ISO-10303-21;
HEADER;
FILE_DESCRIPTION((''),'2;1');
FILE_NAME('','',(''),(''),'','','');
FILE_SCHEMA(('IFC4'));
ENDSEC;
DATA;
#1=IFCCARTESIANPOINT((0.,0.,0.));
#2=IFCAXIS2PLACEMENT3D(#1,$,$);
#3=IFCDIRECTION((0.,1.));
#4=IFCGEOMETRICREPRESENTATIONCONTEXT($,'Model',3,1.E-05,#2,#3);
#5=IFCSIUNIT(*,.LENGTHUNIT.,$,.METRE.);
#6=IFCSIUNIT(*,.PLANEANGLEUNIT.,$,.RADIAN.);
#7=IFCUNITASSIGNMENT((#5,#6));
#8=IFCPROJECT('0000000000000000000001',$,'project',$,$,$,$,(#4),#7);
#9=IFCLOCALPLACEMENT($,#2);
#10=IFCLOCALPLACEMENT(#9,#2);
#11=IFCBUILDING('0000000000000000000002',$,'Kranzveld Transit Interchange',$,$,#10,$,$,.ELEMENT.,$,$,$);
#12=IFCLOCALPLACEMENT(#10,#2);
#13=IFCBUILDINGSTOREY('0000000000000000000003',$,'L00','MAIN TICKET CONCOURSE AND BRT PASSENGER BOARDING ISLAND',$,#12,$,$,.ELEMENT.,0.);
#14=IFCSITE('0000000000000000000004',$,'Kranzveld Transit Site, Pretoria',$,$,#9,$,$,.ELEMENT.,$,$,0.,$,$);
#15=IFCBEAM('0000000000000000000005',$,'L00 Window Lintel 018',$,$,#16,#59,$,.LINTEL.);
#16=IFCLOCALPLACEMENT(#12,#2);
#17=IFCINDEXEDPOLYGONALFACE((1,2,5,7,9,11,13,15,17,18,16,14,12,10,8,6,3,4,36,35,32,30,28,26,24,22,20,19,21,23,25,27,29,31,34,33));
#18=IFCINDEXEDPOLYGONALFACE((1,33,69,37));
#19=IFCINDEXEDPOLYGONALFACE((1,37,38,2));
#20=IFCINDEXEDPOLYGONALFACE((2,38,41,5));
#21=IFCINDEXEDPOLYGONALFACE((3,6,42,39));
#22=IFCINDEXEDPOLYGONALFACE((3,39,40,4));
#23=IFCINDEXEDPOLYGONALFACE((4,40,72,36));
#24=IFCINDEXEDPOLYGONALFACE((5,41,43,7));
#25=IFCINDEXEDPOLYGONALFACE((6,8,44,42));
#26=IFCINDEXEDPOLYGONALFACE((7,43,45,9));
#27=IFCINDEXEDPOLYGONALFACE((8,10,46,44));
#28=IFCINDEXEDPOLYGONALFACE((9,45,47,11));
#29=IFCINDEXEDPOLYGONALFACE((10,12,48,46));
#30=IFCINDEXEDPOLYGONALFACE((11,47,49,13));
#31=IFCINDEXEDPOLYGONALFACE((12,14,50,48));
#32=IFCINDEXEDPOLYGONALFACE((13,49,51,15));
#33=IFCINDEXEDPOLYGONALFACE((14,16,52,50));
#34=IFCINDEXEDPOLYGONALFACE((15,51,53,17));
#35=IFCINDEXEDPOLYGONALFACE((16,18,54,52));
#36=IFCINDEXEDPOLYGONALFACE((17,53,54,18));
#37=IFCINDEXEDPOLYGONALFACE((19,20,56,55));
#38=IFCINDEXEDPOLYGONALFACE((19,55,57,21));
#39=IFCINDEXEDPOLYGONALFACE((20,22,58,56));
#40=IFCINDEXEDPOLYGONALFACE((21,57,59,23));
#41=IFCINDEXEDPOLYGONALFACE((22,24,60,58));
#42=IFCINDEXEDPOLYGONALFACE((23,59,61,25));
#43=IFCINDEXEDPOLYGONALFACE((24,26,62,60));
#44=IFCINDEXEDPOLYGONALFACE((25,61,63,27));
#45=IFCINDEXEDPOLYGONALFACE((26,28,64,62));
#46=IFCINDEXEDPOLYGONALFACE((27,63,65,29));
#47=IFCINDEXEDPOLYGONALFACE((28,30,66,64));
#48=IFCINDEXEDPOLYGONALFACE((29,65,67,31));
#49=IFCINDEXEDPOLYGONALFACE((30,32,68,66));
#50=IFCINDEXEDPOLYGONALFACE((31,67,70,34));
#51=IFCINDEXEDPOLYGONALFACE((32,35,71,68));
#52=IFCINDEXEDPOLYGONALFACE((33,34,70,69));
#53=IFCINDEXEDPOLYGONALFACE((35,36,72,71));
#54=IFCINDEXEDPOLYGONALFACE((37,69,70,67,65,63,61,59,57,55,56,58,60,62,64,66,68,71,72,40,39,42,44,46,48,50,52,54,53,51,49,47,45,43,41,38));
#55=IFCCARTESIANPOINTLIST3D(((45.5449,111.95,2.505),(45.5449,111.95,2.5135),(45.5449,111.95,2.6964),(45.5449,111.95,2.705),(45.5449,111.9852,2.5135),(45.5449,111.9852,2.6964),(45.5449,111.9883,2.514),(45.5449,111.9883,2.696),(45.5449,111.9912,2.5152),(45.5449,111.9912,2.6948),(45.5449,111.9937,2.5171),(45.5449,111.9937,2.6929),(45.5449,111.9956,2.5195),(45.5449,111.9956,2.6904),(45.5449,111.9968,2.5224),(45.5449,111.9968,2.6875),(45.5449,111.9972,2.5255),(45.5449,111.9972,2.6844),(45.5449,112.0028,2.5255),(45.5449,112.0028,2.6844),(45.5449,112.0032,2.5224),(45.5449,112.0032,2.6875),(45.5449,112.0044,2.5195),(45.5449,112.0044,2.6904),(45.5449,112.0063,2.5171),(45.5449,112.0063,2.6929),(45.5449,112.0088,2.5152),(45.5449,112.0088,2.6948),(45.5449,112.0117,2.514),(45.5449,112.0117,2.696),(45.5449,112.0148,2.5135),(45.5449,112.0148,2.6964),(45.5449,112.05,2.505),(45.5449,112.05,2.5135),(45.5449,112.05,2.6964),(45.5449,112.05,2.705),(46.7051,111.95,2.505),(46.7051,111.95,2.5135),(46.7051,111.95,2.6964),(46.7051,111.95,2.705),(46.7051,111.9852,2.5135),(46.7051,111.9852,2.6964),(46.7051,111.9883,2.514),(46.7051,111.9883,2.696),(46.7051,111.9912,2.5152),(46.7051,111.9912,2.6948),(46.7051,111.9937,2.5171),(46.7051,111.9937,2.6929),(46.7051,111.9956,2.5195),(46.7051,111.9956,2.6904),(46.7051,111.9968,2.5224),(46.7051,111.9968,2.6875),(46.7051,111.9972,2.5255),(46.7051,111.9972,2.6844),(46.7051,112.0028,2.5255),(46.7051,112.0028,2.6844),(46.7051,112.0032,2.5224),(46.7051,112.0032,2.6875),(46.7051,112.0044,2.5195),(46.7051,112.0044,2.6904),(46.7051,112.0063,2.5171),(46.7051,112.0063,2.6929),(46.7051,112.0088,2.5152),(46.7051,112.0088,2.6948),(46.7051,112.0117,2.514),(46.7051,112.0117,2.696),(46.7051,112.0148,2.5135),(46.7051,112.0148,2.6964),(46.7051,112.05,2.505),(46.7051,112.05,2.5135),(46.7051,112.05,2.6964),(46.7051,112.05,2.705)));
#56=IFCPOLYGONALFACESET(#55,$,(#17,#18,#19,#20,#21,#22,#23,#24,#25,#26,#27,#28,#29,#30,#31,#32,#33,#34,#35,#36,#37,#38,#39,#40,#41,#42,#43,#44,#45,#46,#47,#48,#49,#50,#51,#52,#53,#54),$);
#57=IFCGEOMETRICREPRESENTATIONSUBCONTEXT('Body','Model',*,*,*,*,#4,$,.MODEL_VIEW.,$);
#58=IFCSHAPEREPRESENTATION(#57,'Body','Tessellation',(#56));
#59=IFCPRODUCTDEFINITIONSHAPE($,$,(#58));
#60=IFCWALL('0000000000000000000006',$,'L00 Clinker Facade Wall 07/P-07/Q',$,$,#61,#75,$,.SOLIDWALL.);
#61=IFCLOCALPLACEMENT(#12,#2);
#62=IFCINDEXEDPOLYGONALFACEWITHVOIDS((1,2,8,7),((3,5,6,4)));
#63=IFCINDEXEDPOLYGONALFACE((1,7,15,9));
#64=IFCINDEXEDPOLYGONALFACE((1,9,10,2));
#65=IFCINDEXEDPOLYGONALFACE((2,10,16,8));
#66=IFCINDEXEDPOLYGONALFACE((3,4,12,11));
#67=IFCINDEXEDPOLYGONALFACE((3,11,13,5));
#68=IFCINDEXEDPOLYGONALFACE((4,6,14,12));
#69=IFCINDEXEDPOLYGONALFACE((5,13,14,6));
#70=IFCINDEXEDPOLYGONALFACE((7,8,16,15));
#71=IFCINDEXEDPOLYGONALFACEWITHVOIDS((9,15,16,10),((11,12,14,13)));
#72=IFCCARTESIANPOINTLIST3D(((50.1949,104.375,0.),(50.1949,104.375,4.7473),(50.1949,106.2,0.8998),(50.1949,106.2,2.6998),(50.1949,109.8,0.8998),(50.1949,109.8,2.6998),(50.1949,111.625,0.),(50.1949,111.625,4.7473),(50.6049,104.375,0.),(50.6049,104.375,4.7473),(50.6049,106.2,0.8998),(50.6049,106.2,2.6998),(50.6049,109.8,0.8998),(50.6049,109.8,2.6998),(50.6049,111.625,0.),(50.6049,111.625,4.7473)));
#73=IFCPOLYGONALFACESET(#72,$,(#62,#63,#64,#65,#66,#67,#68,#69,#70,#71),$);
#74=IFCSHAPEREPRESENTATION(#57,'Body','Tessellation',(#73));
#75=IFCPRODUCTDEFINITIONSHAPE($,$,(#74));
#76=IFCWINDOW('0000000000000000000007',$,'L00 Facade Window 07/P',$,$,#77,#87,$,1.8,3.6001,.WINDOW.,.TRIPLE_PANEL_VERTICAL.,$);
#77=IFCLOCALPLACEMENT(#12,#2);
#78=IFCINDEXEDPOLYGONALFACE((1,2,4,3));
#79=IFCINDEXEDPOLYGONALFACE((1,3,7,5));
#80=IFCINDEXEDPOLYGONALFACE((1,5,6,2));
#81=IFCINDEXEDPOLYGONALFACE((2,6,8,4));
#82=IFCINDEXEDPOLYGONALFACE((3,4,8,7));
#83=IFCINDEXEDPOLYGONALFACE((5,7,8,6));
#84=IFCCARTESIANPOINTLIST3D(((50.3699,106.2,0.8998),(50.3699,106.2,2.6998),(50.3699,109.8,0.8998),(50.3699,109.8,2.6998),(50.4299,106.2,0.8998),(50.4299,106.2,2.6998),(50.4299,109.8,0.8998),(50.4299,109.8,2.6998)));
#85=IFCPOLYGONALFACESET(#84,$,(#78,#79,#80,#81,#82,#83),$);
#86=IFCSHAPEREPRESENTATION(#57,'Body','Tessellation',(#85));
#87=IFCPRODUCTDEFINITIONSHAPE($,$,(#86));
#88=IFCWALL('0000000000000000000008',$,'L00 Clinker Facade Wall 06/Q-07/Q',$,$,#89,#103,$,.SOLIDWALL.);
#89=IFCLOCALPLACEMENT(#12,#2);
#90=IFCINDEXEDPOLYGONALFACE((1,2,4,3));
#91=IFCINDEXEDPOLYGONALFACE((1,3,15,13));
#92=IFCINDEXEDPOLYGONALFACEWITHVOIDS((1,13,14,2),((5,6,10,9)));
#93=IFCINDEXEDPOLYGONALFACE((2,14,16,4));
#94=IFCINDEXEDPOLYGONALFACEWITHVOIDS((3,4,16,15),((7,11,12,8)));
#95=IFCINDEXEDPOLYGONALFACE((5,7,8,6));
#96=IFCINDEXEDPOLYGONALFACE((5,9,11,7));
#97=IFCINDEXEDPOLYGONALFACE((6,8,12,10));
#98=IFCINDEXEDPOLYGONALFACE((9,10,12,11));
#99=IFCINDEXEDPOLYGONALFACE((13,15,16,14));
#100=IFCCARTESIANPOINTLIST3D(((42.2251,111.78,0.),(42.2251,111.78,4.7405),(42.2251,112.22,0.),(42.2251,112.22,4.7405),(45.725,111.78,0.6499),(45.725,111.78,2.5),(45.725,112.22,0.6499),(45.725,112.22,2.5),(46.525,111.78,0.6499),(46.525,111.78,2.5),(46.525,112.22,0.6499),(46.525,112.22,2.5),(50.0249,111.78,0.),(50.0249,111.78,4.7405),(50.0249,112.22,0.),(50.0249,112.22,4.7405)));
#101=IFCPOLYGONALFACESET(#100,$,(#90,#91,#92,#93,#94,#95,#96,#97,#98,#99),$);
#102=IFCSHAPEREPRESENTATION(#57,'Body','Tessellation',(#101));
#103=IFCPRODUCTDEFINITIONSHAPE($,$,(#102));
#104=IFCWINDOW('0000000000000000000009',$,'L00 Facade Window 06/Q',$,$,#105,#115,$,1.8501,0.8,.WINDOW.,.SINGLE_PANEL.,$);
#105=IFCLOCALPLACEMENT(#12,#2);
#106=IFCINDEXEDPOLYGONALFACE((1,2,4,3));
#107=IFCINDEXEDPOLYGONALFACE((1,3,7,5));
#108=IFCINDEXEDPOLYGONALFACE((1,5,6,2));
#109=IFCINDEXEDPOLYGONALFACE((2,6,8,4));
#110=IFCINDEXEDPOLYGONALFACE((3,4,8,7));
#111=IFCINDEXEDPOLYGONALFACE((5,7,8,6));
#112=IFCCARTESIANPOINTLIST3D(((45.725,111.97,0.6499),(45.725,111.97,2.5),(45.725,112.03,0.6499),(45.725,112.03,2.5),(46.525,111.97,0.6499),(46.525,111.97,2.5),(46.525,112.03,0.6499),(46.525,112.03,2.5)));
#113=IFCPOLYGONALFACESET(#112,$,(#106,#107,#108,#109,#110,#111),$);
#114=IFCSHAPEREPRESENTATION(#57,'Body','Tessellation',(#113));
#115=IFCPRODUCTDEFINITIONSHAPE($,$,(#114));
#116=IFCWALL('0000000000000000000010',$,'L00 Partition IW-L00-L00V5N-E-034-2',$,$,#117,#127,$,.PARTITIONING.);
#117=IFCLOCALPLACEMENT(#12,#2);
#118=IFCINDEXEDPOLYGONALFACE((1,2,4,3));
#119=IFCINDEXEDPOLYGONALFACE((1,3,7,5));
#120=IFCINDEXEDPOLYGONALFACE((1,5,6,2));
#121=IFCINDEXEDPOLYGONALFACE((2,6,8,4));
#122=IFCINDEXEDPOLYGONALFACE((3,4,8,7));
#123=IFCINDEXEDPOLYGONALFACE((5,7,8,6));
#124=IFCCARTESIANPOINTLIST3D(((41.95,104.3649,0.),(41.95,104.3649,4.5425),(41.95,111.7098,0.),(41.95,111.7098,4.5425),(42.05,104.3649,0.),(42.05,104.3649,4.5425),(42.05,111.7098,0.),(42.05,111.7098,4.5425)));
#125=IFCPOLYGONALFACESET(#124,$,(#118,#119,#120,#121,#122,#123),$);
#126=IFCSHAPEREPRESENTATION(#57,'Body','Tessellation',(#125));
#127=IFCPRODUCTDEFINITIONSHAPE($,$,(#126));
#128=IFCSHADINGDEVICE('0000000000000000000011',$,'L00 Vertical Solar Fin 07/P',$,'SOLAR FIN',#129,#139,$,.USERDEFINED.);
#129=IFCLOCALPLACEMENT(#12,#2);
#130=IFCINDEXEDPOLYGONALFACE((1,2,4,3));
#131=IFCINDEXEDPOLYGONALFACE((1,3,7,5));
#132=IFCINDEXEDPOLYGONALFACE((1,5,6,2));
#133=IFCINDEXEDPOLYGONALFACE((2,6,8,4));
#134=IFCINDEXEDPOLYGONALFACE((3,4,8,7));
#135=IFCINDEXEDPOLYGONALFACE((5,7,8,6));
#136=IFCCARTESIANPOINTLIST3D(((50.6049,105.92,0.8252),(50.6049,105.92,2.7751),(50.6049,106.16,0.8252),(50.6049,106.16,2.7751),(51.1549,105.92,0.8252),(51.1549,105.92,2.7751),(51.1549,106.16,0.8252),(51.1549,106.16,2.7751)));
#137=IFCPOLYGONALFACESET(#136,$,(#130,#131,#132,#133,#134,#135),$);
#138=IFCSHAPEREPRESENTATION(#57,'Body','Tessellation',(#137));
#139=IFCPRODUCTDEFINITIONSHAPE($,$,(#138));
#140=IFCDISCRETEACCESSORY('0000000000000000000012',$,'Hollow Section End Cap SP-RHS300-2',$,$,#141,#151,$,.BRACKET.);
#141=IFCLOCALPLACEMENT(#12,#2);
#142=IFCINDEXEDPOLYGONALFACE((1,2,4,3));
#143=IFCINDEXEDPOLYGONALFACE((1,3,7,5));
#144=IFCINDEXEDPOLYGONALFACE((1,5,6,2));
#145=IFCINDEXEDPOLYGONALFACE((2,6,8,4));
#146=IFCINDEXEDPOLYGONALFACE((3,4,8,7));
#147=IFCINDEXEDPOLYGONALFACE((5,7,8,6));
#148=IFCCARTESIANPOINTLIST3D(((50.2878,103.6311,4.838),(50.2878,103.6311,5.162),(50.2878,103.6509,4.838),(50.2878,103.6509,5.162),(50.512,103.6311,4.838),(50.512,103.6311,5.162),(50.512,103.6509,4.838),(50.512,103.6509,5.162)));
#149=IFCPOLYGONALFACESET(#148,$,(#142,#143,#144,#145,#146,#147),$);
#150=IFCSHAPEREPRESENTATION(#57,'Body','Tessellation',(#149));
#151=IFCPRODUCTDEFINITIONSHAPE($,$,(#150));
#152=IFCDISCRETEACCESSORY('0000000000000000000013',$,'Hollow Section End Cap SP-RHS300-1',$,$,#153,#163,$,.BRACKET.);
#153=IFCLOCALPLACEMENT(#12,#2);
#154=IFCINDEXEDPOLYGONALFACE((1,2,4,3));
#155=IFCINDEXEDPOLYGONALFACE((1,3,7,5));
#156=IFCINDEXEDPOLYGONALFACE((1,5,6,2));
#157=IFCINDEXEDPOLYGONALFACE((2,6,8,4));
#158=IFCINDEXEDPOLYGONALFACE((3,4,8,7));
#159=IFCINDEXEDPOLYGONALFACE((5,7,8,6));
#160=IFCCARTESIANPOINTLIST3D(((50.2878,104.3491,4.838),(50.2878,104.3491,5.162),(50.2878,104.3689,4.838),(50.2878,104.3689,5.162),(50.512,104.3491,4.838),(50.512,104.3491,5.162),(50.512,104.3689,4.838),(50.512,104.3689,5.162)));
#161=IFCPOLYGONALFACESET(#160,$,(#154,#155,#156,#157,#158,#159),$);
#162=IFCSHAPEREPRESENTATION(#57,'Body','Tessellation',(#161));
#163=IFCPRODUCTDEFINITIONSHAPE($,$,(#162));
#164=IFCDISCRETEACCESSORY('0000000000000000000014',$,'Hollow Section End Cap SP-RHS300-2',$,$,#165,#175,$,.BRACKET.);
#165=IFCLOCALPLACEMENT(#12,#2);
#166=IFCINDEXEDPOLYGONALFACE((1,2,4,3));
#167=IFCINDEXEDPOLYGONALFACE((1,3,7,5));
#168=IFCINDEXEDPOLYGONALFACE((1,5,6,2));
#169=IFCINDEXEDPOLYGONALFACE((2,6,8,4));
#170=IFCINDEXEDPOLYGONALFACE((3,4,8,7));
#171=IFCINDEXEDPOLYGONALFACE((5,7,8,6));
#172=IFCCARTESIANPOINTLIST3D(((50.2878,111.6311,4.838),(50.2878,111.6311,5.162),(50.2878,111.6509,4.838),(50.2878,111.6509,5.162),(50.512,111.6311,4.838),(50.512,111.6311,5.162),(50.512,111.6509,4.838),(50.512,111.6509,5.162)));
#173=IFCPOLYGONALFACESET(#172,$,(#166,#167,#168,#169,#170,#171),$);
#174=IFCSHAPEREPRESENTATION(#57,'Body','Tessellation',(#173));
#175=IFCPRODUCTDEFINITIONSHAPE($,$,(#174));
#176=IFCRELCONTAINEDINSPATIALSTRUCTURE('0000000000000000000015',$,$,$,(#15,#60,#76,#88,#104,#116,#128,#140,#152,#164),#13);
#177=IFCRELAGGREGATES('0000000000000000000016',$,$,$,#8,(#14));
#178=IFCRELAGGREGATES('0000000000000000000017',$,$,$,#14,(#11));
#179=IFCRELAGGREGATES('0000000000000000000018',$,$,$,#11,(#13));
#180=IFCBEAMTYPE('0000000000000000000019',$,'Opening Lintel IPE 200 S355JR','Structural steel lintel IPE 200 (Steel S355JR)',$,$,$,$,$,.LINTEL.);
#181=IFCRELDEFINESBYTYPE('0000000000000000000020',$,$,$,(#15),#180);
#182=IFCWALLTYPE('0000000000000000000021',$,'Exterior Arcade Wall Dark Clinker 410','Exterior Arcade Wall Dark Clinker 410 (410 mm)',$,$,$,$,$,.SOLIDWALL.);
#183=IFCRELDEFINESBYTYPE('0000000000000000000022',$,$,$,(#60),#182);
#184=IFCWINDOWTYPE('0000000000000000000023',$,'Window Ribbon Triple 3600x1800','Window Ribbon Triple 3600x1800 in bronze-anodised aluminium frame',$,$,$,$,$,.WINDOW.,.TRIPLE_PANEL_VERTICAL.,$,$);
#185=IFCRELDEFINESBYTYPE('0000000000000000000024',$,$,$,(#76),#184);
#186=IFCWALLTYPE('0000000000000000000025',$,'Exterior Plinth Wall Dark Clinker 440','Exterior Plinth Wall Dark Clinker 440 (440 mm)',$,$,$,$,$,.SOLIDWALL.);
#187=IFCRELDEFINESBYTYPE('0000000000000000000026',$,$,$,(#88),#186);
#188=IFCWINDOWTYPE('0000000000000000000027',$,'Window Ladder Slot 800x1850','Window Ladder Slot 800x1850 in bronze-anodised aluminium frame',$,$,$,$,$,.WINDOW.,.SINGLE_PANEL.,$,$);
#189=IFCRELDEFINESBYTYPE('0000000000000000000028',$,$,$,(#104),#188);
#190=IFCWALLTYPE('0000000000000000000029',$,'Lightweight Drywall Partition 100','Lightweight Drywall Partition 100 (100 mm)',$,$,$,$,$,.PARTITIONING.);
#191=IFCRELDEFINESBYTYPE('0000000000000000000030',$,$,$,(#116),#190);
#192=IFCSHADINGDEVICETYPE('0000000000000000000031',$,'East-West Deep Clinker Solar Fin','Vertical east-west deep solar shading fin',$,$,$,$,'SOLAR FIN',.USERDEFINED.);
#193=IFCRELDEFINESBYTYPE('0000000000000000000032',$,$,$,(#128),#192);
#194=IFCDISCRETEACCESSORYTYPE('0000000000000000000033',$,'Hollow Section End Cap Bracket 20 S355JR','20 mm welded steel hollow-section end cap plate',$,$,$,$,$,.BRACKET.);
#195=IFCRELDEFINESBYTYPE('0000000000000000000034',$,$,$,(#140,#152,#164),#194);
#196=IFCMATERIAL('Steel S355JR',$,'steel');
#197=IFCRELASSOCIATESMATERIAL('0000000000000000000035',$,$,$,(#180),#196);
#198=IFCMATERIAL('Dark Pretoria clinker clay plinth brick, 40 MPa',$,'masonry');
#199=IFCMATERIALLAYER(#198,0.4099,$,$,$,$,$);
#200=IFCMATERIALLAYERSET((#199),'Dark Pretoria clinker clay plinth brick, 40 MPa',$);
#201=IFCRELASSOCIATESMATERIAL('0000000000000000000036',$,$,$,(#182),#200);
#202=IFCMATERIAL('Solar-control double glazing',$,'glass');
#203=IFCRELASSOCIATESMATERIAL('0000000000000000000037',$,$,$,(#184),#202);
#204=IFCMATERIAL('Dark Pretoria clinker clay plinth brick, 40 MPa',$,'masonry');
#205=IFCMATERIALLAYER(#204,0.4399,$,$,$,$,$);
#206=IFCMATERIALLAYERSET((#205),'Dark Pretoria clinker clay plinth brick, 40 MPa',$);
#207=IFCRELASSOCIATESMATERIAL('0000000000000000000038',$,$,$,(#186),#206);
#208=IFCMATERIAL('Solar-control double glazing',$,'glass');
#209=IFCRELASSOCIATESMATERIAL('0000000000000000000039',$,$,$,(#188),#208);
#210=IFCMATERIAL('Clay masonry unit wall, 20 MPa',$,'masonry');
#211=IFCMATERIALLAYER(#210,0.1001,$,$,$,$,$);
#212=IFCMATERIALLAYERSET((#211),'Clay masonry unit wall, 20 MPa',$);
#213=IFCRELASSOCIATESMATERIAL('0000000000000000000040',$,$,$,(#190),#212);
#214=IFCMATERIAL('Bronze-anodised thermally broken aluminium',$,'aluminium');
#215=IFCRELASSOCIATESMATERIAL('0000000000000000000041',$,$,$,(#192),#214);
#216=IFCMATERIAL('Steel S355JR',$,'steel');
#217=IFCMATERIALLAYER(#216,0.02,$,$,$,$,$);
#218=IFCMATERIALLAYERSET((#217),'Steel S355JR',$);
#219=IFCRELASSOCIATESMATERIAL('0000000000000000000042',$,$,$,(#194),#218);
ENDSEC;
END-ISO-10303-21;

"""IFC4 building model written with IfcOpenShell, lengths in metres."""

from ifc_helpers import new_model, si_unit, direction, frame, frame_2d, origin, origin_2d, place, context, subcontext, project, spatial, rectangle, i_section, extrude, material, layer, layer_set, material_profile, profile_set, type_object, element, fill, save


model = new_model("IFC4")

# Units and contexts
model_context = context("Model", 3, precision=1e-05, world=origin(), true_north=direction((0.0, 1.0)))
body_context = subcontext(model_context, "Body", "Model", "MODEL_VIEW")
ifc_project = project(units=[si_unit("LENGTHUNIT", "METRE"), si_unit("PLANEANGLEUNIT", "RADIAN")], contexts=[model_context])

# Site, building, storey
site_placement = place(None, origin())
site = spatial("IfcSite", under=ifc_project, at=site_placement, Name="Kranzveld Transit Site, Pretoria", CompositionType="ELEMENT", RefElevation=0.0)
building_placement = place(site_placement, origin())
building = spatial("IfcBuilding", under=site, at=building_placement, Name="Kranzveld Transit Interchange", CompositionType="ELEMENT")
storey_placement = place(building_placement, origin())
storey = spatial("IfcBuildingStorey", under=building, at=storey_placement, Name="L00", Description="MAIN TICKET CONCOURSE AND BRT PASSENGER BOARDING ISLAND", CompositionType="ELEMENT", Elevation=0.0)

# Beam
ifc_material_1 = material(Name="Steel S355JR", Category="steel")
ifc_material_profile_1 = material_profile(ifc_material_1, i_section(OverallWidth=0.1001, OverallDepth=0.2, WebThickness=0.0056, FlangeThickness=0.0085, FilletRadius=0.012, at=origin_2d()), Name="IPE 200")
ifc_profile_set_1 = profile_set([ifc_material_profile_1], Name="Steel S355JR")
beam_type_1 = type_object("IfcBeamType", Name="Opening Lintel IPE 200 S355JR", Description="Structural steel lintel IPE 200 (Steel S355JR)", PredefinedType="LINTEL", material=ifc_profile_set_1)
beam_1_placement = place(storey_placement, frame((45.5449, 112.0, 2.605), z_axis=(1.0, 0.0, 0.0), x_axis=(0.0, 1.0, 0.0)))
element("IfcBeam", 1, at=beam_1_placement, inside=storey, type_object=beam_type_1, Name="L00 Window Lintel 018", PredefinedType="LINTEL", context=body_context, shape_type="SweptSolid", body=[
    extrude(i_section(OverallWidth=0.1001, OverallDepth=0.2, WebThickness=0.0056, FlangeThickness=0.0085, FilletRadius=0.012, at=origin_2d()), origin(), (0.0, 0.0, 1.0), 1.1602),
])

# Walls, openings, windows
ifc_material_2 = material(Name="Dark Pretoria clinker clay plinth brick, 40 MPa", Category="masonry")
ifc_layer_1 = layer(ifc_material_2, 0.4099)
ifc_layer_set_1 = layer_set([ifc_layer_1], Name="Dark Pretoria clinker clay plinth brick, 40 MPa")
wall_type_1 = type_object("IfcWallType", Name="Exterior Arcade Wall Dark Clinker 410", Description="Exterior Arcade Wall Dark Clinker 410 (410 mm)", PredefinedType="SOLIDWALL", material=ifc_layer_set_1)
wall_1_placement = place(storey_placement, frame((50.3999, 104.375, 0.0), z_axis=(0.0, 0.0, 1.0), x_axis=(0.0, 1.0, 0.0)))
wall_1 = element("IfcWall", 2, at=wall_1_placement, inside=storey, type_object=wall_type_1, Name="L00 Clinker Facade Wall 07/P-07/Q", PredefinedType="SOLIDWALL", context=body_context, shape_type="SweptSolid", body=[
    extrude(rectangle(XDim=7.25, YDim=0.4099, at=frame_2d((3.625, 0.0))), origin(), (0.0, 0.0, 1.0), 4.7473),
])
opening_1_placement = place(wall_1_placement, frame((1.825, 0.0, 0.8999), z_axis=(0.0, 0.0, 1.0), x_axis=(1.0, 0.0, 0.0)))
opening_1 = element("IfcOpeningElement", 3, at=opening_1_placement, cuts=wall_1, PredefinedType="OPENING", context=body_context, shape_type="SweptSolid", body=[
    extrude(rectangle(XDim=3.6001, YDim=1.8, at=frame_2d((1.8, 0.8999))), frame((0.0, 0.2148, 0.0), z_axis=(0.0, -1.0, 0.0), x_axis=(1.0, 0.0, 0.0)), (0.0, 0.0, 1.0), 0.4299),
])
ifc_material_3 = material(Name="Solar-control double glazing", Category="glass")
window_type_1 = type_object("IfcWindowType", Name="Window Ribbon Triple 3600x1800", Description="Window Ribbon Triple 3600x1800 in bronze-anodised aluminium frame", PartitioningType="TRIPLE_PANEL_VERTICAL", PredefinedType="WINDOW", material=ifc_material_3)
window_1_placement = place(opening_1_placement, origin())
window_1 = element("IfcWindow", 4, at=window_1_placement, inside=storey, type_object=window_type_1, Name="L00 Facade Window 07/P", OverallHeight=1.8, OverallWidth=3.6001, PartitioningType="TRIPLE_PANEL_VERTICAL", PredefinedType="WINDOW", context=body_context, shape_type="SweptSolid", body=[
    extrude(rectangle(XDim=3.6001, YDim=1.8, at=frame_2d((1.8, 0.8999))), frame((0.0, 0.03, 0.0), z_axis=(0.0, -1.0, 0.0), x_axis=(1.0, 0.0, 0.0)), (0.0, 0.0, 1.0), 0.0601),
])
fill(opening_1, window_1)
ifc_material_4 = material(Name="Dark Pretoria clinker clay plinth brick, 40 MPa", Category="masonry")
ifc_layer_2 = layer(ifc_material_4, 0.4399)
ifc_layer_set_2 = layer_set([ifc_layer_2], Name="Dark Pretoria clinker clay plinth brick, 40 MPa")
wall_type_2 = type_object("IfcWallType", Name="Exterior Plinth Wall Dark Clinker 440", Description="Exterior Plinth Wall Dark Clinker 440 (440 mm)", PredefinedType="SOLIDWALL", material=ifc_layer_set_2)
wall_2_placement = place(storey_placement, frame((42.2251, 112.0, 0.0), z_axis=(0.0, 0.0, 1.0), x_axis=(1.0, 0.0, 0.0)))
wall_2 = element("IfcWall", 5, at=wall_2_placement, inside=storey, type_object=wall_type_2, Name="L00 Clinker Facade Wall 06/Q-07/Q", PredefinedType="SOLIDWALL", context=body_context, shape_type="SweptSolid", body=[
    extrude(rectangle(XDim=7.7998, YDim=0.4399, at=frame_2d((3.8999, 0.0))), origin(), (0.0, 0.0, 1.0), 4.7405),
])
opening_2_placement = place(wall_2_placement, frame((3.5, 0.0, 0.6499), z_axis=(0.0, 0.0, 1.0), x_axis=(1.0, 0.0, 0.0)))
opening_2 = element("IfcOpeningElement", 6, at=opening_2_placement, cuts=wall_2, PredefinedType="OPENING", context=body_context, shape_type="SweptSolid", body=[
    extrude(rectangle(XDim=0.8, YDim=1.8501, at=frame_2d((0.3999, 0.925))), frame((0.0, 0.23, 0.0), z_axis=(0.0, -1.0, 0.0), x_axis=(1.0, 0.0, 0.0)), (0.0, 0.0, 1.0), 0.46),
])
ifc_material_5 = material(Name="Solar-control double glazing", Category="glass")
window_type_2 = type_object("IfcWindowType", Name="Window Ladder Slot 800x1850", Description="Window Ladder Slot 800x1850 in bronze-anodised aluminium frame", PartitioningType="SINGLE_PANEL", PredefinedType="WINDOW", material=ifc_material_5)
window_2_placement = place(opening_2_placement, origin())
window_2 = element("IfcWindow", 7, at=window_2_placement, inside=storey, type_object=window_type_2, Name="L00 Facade Window 06/Q", OverallHeight=1.8501, OverallWidth=0.8, PartitioningType="SINGLE_PANEL", PredefinedType="WINDOW", context=body_context, shape_type="SweptSolid", body=[
    extrude(rectangle(XDim=0.8, YDim=1.8501, at=frame_2d((0.3999, 0.925))), frame((0.0, 0.03, 0.0), z_axis=(0.0, -1.0, 0.0), x_axis=(1.0, 0.0, 0.0)), (0.0, 0.0, 1.0), 0.0601),
])
fill(opening_2, window_2)

# Wall
ifc_material_6 = material(Name="Clay masonry unit wall, 20 MPa", Category="masonry")
ifc_layer_3 = layer(ifc_material_6, 0.1001)
ifc_layer_set_3 = layer_set([ifc_layer_3], Name="Clay masonry unit wall, 20 MPa")
wall_type_3 = type_object("IfcWallType", Name="Lightweight Drywall Partition 100", Description="Lightweight Drywall Partition 100 (100 mm)", PredefinedType="PARTITIONING", material=ifc_layer_set_3)
wall_3_placement = place(storey_placement, frame((42.0, 104.365, 0.0), z_axis=(0.0, 0.0, 1.0), x_axis=(0.0, 1.0, 0.0)))
element("IfcWall", 8, at=wall_3_placement, inside=storey, type_object=wall_type_3, Name="L00 Partition IW-L00-L00V5N-E-034-2", PredefinedType="PARTITIONING", context=body_context, shape_type="SweptSolid", body=[
    extrude(rectangle(XDim=7.345, YDim=0.1001, at=frame_2d((3.6724, 0.0))), origin(), (0.0, 0.0, 1.0), 4.5425),
])

# Shading device
ifc_material_7 = material(Name="Bronze-anodised thermally broken aluminium", Category="aluminium")
shading_device_type = type_object("IfcShadingDeviceType", Name="East-West Deep Clinker Solar Fin", Description="Vertical east-west deep solar shading fin", ElementType="SOLAR FIN", PredefinedType="USERDEFINED", material=ifc_material_7)
shading_device_placement = place(storey_placement, frame((50.8799, 106.04, 0.8252), z_axis=(0.0, 0.0, 1.0), x_axis=(0.0, 1.0, 0.0)))
element("IfcShadingDevice", 9, at=shading_device_placement, inside=storey, type_object=shading_device_type, Name="L00 Vertical Solar Fin 07/P", ObjectType="SOLAR FIN", PredefinedType="USERDEFINED", context=body_context, shape_type="SweptSolid", body=[
    extrude(rectangle(XDim=0.24, YDim=0.55, at=origin_2d()), origin(), (0.0, 0.0, 1.0), 1.95),
])

# Discrete accessories
ifc_material_8 = material(Name="Steel S355JR", Category="steel")
ifc_layer_4 = layer(ifc_material_8, 0.02)
ifc_layer_set_4 = layer_set([ifc_layer_4], Name="Steel S355JR")
discrete_accessory_type = type_object("IfcDiscreteAccessoryType", Name="Hollow Section End Cap Bracket 20 S355JR", Description="20 mm welded steel hollow-section end cap plate", PredefinedType="BRACKET", material=ifc_layer_set_4)
for number, where, z_axis, x_axis, name in (
    (10, (50.3999, 103.6311, 5.0), (0.0, 1.0, 0.0), (-1.0, 0.0, 0.0), "Hollow Section End Cap SP-RHS300-2"),
    (11, (50.3999, 104.3689, 5.0), (0.0, -1.0, 0.0), (1.0, 0.0, 0.0), "Hollow Section End Cap SP-RHS300-1"),
    (12, (50.3999, 111.6311, 5.0), (0.0, 1.0, 0.0), (-1.0, 0.0, 0.0), "Hollow Section End Cap SP-RHS300-2"),
):
    element("IfcDiscreteAccessory", number, at=place(storey_placement, frame(where, z_axis=z_axis, x_axis=x_axis)), inside=storey, type_object=discrete_accessory_type, Name=name, PredefinedType="BRACKET", context=body_context, shape_type="SweptSolid", body=[
        extrude(rectangle(XDim=0.2241, YDim=0.324, at=origin_2d()), origin(), (0.0, 0.0, 1.0), 0.0198),
    ])

save(model, "model.ifc")
